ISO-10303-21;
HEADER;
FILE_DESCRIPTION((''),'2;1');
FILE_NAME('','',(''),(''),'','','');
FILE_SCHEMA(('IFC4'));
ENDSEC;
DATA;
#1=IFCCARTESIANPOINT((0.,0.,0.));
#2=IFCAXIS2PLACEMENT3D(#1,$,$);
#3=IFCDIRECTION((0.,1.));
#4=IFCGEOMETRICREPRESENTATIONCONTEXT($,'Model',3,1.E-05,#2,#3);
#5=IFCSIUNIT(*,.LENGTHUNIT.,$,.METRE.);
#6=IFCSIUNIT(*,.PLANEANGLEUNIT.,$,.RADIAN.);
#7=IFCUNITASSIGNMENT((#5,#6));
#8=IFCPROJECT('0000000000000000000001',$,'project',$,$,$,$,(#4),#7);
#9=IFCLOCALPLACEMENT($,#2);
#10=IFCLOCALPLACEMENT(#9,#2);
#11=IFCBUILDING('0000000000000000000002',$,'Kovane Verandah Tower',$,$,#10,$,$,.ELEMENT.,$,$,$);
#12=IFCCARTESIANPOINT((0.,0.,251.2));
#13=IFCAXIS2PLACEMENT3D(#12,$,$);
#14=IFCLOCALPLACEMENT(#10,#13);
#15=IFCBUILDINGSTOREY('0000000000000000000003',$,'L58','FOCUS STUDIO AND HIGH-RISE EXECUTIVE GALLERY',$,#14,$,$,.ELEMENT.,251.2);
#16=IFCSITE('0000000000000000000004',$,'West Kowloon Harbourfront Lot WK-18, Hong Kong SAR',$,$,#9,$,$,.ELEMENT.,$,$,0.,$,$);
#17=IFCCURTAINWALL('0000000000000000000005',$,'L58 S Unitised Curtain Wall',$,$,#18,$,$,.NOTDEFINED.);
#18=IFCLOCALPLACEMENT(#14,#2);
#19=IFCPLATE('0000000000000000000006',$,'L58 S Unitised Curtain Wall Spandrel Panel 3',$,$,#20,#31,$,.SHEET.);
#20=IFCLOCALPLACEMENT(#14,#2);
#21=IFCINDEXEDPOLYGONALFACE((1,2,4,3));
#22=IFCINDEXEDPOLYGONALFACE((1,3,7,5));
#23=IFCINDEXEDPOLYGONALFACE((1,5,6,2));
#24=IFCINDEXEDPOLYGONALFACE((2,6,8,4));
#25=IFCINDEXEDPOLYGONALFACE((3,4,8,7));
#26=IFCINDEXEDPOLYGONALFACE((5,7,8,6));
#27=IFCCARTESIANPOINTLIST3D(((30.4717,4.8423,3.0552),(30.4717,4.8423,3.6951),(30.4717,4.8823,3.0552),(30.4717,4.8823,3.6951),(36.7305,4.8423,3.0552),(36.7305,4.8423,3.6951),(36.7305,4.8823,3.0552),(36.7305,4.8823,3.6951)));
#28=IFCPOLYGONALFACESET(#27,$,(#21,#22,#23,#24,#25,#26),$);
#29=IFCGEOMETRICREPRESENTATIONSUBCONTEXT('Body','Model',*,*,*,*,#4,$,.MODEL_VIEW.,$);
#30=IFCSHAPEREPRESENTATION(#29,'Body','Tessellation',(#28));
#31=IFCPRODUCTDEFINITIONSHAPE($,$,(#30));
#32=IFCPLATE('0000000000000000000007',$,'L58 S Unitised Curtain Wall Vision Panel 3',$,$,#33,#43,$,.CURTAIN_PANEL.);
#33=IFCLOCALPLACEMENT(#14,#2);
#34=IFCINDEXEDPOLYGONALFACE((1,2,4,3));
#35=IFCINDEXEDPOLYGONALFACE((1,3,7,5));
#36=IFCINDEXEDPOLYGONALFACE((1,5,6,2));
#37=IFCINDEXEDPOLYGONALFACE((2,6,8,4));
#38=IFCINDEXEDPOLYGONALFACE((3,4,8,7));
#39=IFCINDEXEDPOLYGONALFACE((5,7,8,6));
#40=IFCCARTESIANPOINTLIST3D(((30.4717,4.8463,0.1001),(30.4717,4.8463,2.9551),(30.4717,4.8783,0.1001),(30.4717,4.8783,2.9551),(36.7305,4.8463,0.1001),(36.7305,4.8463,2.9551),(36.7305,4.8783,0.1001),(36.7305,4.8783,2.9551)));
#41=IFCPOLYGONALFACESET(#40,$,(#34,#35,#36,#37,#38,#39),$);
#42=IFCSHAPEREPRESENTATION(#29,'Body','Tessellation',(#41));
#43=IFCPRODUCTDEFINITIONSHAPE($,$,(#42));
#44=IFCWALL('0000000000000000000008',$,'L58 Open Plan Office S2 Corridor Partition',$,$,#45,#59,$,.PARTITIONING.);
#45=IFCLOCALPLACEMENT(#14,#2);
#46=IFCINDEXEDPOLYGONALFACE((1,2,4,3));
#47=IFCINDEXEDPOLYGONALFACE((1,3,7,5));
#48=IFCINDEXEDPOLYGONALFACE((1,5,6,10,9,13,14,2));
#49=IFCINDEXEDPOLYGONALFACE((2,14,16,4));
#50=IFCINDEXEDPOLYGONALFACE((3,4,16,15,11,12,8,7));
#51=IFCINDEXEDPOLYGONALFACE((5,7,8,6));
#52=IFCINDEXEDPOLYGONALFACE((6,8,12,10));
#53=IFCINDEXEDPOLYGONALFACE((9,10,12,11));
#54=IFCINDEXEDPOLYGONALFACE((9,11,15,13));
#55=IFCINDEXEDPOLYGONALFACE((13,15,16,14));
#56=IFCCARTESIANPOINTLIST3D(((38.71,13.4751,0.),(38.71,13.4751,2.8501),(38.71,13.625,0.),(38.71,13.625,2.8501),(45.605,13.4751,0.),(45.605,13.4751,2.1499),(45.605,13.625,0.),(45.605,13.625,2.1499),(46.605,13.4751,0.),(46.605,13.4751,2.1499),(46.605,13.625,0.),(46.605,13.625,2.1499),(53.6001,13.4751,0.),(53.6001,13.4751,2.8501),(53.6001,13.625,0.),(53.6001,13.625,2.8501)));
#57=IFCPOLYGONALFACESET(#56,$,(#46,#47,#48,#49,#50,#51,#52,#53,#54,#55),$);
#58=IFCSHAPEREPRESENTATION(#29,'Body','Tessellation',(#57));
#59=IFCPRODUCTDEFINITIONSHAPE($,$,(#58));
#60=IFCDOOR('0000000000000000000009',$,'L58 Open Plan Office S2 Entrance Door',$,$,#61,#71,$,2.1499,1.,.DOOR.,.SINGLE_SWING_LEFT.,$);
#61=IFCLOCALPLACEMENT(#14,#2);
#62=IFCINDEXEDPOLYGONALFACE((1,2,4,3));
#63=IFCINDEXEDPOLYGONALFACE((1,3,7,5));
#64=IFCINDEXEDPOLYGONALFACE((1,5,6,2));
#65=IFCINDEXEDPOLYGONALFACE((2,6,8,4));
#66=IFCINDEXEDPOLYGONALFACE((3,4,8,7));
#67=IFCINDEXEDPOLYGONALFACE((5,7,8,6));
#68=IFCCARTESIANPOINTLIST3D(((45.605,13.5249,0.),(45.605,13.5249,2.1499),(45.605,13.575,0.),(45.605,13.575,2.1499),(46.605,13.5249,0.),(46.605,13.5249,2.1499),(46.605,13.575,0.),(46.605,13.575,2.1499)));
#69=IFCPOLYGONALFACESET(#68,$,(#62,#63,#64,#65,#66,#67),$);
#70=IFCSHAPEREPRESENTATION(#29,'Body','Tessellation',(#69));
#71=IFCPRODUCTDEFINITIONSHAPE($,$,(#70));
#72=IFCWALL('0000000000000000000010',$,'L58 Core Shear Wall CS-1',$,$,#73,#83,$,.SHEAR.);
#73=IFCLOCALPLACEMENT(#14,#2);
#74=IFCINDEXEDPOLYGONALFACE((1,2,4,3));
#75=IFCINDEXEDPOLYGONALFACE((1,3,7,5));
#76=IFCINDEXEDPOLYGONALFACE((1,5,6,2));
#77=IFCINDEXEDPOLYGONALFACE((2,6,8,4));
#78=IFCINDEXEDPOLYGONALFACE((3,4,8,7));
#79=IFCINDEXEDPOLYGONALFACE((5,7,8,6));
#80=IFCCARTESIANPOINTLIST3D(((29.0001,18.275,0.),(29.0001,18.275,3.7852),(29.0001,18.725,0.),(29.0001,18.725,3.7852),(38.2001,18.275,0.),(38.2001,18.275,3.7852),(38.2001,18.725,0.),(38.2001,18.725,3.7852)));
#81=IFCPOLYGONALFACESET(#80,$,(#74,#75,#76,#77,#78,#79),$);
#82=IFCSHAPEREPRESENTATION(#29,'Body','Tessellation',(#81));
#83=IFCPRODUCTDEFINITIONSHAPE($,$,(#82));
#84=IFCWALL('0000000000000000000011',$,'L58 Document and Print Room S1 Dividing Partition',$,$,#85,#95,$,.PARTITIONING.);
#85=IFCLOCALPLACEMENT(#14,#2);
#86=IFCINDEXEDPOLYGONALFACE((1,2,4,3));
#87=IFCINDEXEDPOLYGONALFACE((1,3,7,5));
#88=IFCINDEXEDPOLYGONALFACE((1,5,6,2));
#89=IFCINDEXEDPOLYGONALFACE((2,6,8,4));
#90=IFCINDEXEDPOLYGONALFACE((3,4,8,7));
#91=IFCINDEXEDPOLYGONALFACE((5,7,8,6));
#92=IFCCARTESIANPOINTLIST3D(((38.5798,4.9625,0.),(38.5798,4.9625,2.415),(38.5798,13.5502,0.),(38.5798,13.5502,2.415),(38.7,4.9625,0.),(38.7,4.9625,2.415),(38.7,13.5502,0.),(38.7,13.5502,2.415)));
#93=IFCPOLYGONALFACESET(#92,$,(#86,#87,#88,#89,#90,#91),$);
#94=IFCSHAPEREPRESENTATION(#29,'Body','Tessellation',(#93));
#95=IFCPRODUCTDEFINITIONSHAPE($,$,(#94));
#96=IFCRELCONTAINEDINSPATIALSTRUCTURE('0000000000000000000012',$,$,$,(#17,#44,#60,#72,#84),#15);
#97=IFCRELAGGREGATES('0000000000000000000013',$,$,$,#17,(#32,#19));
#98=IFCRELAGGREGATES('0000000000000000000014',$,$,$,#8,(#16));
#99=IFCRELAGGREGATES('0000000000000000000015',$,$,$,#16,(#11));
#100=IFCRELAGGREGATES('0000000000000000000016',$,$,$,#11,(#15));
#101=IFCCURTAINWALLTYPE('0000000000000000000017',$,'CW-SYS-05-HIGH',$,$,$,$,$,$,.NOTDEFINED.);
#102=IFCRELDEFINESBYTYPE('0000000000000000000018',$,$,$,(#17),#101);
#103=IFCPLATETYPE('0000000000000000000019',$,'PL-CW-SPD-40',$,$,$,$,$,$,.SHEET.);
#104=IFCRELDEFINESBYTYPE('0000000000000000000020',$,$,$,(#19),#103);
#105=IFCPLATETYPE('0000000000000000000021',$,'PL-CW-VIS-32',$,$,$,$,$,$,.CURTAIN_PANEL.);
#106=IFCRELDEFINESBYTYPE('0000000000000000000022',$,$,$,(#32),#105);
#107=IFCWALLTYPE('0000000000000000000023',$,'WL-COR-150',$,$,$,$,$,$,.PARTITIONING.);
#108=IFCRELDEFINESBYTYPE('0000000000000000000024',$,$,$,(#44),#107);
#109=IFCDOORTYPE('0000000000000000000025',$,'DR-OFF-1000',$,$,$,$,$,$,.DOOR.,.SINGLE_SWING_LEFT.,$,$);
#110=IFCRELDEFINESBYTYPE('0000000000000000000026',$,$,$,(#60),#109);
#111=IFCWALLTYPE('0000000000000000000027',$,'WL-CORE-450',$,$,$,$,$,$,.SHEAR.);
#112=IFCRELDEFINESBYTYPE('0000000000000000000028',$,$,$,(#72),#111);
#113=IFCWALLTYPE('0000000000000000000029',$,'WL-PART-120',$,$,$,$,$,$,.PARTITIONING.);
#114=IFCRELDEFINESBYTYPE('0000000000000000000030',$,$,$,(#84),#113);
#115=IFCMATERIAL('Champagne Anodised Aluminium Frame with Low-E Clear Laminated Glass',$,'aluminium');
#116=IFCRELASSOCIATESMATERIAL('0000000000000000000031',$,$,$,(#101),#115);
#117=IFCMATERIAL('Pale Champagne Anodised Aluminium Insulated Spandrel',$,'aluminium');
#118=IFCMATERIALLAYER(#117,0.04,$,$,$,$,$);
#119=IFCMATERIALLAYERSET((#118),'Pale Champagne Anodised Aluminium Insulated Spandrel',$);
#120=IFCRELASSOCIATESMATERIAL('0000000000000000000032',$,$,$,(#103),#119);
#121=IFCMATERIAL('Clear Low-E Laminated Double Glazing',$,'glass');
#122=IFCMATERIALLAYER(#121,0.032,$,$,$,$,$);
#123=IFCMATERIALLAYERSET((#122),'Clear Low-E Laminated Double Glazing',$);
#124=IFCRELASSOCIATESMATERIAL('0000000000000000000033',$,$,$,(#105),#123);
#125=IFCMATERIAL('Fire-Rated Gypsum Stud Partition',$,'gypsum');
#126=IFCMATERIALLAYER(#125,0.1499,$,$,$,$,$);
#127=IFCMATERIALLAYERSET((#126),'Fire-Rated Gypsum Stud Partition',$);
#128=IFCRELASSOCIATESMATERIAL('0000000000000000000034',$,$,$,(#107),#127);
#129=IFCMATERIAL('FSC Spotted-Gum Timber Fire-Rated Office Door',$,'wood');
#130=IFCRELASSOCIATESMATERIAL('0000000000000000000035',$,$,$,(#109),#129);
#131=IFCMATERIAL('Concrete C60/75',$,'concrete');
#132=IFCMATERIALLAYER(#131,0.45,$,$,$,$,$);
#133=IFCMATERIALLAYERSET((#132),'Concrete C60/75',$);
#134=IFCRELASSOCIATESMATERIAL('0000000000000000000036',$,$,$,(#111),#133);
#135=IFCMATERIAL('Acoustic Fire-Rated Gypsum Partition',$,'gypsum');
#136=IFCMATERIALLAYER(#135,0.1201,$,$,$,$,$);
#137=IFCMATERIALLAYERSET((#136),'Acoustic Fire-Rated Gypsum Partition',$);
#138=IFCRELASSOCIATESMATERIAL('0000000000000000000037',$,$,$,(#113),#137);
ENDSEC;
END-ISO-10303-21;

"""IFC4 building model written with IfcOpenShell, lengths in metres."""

from ifc_helpers import new_model, si_unit, direction, frame, frame_2d, origin, origin_2d, place, context, subcontext, project, spatial, rectangle, extrude, material, layer, layer_set, type_object, element, fill, aggregate, save


model = new_model("IFC4")

# Units and contexts
model_context = context("Model", 3, precision=1e-05, world=origin(), true_north=direction((0.0, 1.0)))
body_context = subcontext(model_context, "Body", "Model", "MODEL_VIEW")
ifc_project = project(units=[si_unit("LENGTHUNIT", "METRE"), si_unit("PLANEANGLEUNIT", "RADIAN")], contexts=[model_context])

# Site, building, storey
site_placement = place(None, origin())
site = spatial("IfcSite", under=ifc_project, at=site_placement, Name="West Kowloon Harbourfront Lot WK-18, Hong Kong SAR", CompositionType="ELEMENT", RefElevation=0.0)
building_placement = place(site_placement, origin())
building = spatial("IfcBuilding", under=site, at=building_placement, Name="Kovane Verandah Tower", CompositionType="ELEMENT")
storey_placement = place(building_placement, frame((0.0, 0.0, 251.2)))
storey = spatial("IfcBuildingStorey", under=building, at=storey_placement, Name="L58", Description="FOCUS STUDIO AND HIGH-RISE EXECUTIVE GALLERY", CompositionType="ELEMENT", Elevation=251.2)

# Shared definitions
ifc_material_1 = material(Name="Concrete C60/75", Category="concrete")

# Curtain wall
ifc_material_2 = material(Name="Champagne Anodised Aluminium Frame with Low-E Clear Laminated Glass", Category="aluminium")
curtain_wall_type = type_object("IfcCurtainWallType", Name="CW-SYS-05-HIGH", PredefinedType="NOTDEFINED", material=ifc_material_2)
curtain_wall_placement = place(storey_placement, origin())
curtain_wall = element("IfcCurtainWall", 1, at=curtain_wall_placement, inside=storey, type_object=curtain_wall_type, Name="L58 S Unitised Curtain Wall", PredefinedType="NOTDEFINED")

# Plates
ifc_material_3 = material(Name="Pale Champagne Anodised Aluminium Insulated Spandrel", Category="aluminium")
ifc_layer_1 = layer(ifc_material_3, 0.04)
ifc_layer_set_1 = layer_set([ifc_layer_1], Name="Pale Champagne Anodised Aluminium Insulated Spandrel")
plate_type_1 = type_object("IfcPlateType", Name="PL-CW-SPD-40", PredefinedType="SHEET", material=ifc_layer_set_1)
plate_1_placement = place(storey_placement, frame((33.6011, 4.8623, 3.0552), z_axis=(0.0, 0.0, 1.0), x_axis=(1.0, 0.0, 0.0)))
plate_1 = element("IfcPlate", 2, at=plate_1_placement, type_object=plate_type_1, Name="L58 S Unitised Curtain Wall Spandrel Panel 3", PredefinedType="SHEET", context=body_context, shape_type="SweptSolid", body=[
    extrude(rectangle(XDim=6.2588, YDim=0.04, at=origin_2d()), origin(), (0.0, 0.0, 1.0), 0.6399),
])
ifc_material_4 = material(Name="Clear Low-E Laminated Double Glazing", Category="glass")
ifc_layer_2 = layer(ifc_material_4, 0.032)
ifc_layer_set_2 = layer_set([ifc_layer_2], Name="Clear Low-E Laminated Double Glazing")
plate_type_2 = type_object("IfcPlateType", Name="PL-CW-VIS-32", PredefinedType="CURTAIN_PANEL", material=ifc_layer_set_2)
plate_2_placement = place(storey_placement, frame((33.6011, 4.8623, 0.1001), z_axis=(0.0, 0.0, 1.0), x_axis=(1.0, 0.0, 0.0)))
plate_2 = element("IfcPlate", 3, at=plate_2_placement, type_object=plate_type_2, Name="L58 S Unitised Curtain Wall Vision Panel 3", PredefinedType="CURTAIN_PANEL", context=body_context, shape_type="SweptSolid", body=[
    extrude(rectangle(XDim=6.2588, YDim=0.032, at=origin_2d()), origin(), (0.0, 0.0, 1.0), 2.855),
])
aggregate(curtain_wall, [plate_2, plate_1])

# Wall, opening, door
ifc_material_5 = material(Name="Fire-Rated Gypsum Stud Partition", Category="gypsum")
ifc_layer_3 = layer(ifc_material_5, 0.1499)
ifc_layer_set_3 = layer_set([ifc_layer_3], Name="Fire-Rated Gypsum Stud Partition")
wall_type_1 = type_object("IfcWallType", Name="WL-COR-150", PredefinedType="PARTITIONING", material=ifc_layer_set_3)
wall_1_placement = place(storey_placement, frame((38.71, 13.55, 0.0), z_axis=(0.0, 0.0, 1.0), x_axis=(1.0, 0.0, 0.0)))
wall_1 = element("IfcWall", 4, at=wall_1_placement, inside=storey, type_object=wall_type_1, Name="L58 Open Plan Office S2 Corridor Partition", PredefinedType="PARTITIONING", context=body_context, shape_type="SweptSolid", body=[
    extrude(rectangle(XDim=14.8901, YDim=0.1499, at=frame_2d((7.4451, 0.0))), origin(), (0.0, 0.0, 1.0), 2.8501),
])
opening_placement = place(wall_1_placement, frame((6.895, 0.0, 0.0)))
opening = element("IfcOpeningElement", 5, at=opening_placement, cuts=wall_1, PredefinedType="OPENING", context=body_context, shape_type="SweptSolid", body=[
    extrude(rectangle(XDim=1.0, YDim=2.1499, at=frame_2d((0.5, 1.075))), frame((0.0, 0.075, 0.0), z_axis=(0.0, -1.0, 0.0), x_axis=(1.0, 0.0, 0.0)), (0.0, 0.0, 1.0), 0.1499),
])
ifc_material_6 = material(Name="FSC Spotted-Gum Timber Fire-Rated Office Door", Category="wood")
door_type = type_object("IfcDoorType", Name="DR-OFF-1000", OperationType="SINGLE_SWING_LEFT", PredefinedType="DOOR", material=ifc_material_6)
door_placement = place(opening_placement, origin())
door = element("IfcDoor", 6, at=door_placement, inside=storey, type_object=door_type, Name="L58 Open Plan Office S2 Entrance Door", OperationType="SINGLE_SWING_LEFT", OverallHeight=2.1499, OverallWidth=1.0, PredefinedType="DOOR", context=body_context, shape_type="SweptSolid", body=[
    extrude(rectangle(XDim=1.0, YDim=2.1499, at=frame_2d((0.5, 1.075))), frame((0.0, 0.0249, 0.0), z_axis=(0.0, -1.0, 0.0), x_axis=(1.0, 0.0, 0.0)), (0.0, 0.0, 1.0), 0.05),
])
fill(opening, door)

# Walls
ifc_layer_4 = layer(ifc_material_1, 0.45)
ifc_layer_set_4 = layer_set([ifc_layer_4], Name="Concrete C60/75")
wall_type_2 = type_object("IfcWallType", Name="WL-CORE-450", PredefinedType="SHEAR", material=ifc_layer_set_4)
wall_2_placement = place(storey_placement, frame((29.0, 18.5, 0.0), z_axis=(0.0, 0.0, 1.0), x_axis=(1.0, 0.0, 0.0)))
element("IfcWall", 7, at=wall_2_placement, inside=storey, type_object=wall_type_2, Name="L58 Core Shear Wall CS-1", PredefinedType="SHEAR", context=body_context, shape_type="SweptSolid", body=[
    extrude(rectangle(XDim=9.2, YDim=0.45, at=frame_2d((4.6001, 0.0))), origin(), (0.0, 0.0, 1.0), 3.7852),
])
ifc_material_7 = material(Name="Acoustic Fire-Rated Gypsum Partition", Category="gypsum")
ifc_layer_5 = layer(ifc_material_7, 0.1201)
ifc_layer_set_5 = layer_set([ifc_layer_5], Name="Acoustic Fire-Rated Gypsum Partition")
wall_type_3 = type_object("IfcWallType", Name="WL-PART-120", PredefinedType="PARTITIONING", material=ifc_layer_set_5)
wall_3_placement = place(storey_placement, frame((38.6399, 4.9624, 0.0), z_axis=(0.0, 0.0, 1.0), x_axis=(0.0, 1.0, 0.0)))
element("IfcWall", 8, at=wall_3_placement, inside=storey, type_object=wall_type_3, Name="L58 Document and Print Room S1 Dividing Partition", PredefinedType="PARTITIONING", context=body_context, shape_type="SweptSolid", body=[
    extrude(rectangle(XDim=8.5876, YDim=0.1201, at=frame_2d((4.2939, 0.0))), origin(), (0.0, 0.0, 1.0), 2.415),
])

save(model, "model.ifc")
